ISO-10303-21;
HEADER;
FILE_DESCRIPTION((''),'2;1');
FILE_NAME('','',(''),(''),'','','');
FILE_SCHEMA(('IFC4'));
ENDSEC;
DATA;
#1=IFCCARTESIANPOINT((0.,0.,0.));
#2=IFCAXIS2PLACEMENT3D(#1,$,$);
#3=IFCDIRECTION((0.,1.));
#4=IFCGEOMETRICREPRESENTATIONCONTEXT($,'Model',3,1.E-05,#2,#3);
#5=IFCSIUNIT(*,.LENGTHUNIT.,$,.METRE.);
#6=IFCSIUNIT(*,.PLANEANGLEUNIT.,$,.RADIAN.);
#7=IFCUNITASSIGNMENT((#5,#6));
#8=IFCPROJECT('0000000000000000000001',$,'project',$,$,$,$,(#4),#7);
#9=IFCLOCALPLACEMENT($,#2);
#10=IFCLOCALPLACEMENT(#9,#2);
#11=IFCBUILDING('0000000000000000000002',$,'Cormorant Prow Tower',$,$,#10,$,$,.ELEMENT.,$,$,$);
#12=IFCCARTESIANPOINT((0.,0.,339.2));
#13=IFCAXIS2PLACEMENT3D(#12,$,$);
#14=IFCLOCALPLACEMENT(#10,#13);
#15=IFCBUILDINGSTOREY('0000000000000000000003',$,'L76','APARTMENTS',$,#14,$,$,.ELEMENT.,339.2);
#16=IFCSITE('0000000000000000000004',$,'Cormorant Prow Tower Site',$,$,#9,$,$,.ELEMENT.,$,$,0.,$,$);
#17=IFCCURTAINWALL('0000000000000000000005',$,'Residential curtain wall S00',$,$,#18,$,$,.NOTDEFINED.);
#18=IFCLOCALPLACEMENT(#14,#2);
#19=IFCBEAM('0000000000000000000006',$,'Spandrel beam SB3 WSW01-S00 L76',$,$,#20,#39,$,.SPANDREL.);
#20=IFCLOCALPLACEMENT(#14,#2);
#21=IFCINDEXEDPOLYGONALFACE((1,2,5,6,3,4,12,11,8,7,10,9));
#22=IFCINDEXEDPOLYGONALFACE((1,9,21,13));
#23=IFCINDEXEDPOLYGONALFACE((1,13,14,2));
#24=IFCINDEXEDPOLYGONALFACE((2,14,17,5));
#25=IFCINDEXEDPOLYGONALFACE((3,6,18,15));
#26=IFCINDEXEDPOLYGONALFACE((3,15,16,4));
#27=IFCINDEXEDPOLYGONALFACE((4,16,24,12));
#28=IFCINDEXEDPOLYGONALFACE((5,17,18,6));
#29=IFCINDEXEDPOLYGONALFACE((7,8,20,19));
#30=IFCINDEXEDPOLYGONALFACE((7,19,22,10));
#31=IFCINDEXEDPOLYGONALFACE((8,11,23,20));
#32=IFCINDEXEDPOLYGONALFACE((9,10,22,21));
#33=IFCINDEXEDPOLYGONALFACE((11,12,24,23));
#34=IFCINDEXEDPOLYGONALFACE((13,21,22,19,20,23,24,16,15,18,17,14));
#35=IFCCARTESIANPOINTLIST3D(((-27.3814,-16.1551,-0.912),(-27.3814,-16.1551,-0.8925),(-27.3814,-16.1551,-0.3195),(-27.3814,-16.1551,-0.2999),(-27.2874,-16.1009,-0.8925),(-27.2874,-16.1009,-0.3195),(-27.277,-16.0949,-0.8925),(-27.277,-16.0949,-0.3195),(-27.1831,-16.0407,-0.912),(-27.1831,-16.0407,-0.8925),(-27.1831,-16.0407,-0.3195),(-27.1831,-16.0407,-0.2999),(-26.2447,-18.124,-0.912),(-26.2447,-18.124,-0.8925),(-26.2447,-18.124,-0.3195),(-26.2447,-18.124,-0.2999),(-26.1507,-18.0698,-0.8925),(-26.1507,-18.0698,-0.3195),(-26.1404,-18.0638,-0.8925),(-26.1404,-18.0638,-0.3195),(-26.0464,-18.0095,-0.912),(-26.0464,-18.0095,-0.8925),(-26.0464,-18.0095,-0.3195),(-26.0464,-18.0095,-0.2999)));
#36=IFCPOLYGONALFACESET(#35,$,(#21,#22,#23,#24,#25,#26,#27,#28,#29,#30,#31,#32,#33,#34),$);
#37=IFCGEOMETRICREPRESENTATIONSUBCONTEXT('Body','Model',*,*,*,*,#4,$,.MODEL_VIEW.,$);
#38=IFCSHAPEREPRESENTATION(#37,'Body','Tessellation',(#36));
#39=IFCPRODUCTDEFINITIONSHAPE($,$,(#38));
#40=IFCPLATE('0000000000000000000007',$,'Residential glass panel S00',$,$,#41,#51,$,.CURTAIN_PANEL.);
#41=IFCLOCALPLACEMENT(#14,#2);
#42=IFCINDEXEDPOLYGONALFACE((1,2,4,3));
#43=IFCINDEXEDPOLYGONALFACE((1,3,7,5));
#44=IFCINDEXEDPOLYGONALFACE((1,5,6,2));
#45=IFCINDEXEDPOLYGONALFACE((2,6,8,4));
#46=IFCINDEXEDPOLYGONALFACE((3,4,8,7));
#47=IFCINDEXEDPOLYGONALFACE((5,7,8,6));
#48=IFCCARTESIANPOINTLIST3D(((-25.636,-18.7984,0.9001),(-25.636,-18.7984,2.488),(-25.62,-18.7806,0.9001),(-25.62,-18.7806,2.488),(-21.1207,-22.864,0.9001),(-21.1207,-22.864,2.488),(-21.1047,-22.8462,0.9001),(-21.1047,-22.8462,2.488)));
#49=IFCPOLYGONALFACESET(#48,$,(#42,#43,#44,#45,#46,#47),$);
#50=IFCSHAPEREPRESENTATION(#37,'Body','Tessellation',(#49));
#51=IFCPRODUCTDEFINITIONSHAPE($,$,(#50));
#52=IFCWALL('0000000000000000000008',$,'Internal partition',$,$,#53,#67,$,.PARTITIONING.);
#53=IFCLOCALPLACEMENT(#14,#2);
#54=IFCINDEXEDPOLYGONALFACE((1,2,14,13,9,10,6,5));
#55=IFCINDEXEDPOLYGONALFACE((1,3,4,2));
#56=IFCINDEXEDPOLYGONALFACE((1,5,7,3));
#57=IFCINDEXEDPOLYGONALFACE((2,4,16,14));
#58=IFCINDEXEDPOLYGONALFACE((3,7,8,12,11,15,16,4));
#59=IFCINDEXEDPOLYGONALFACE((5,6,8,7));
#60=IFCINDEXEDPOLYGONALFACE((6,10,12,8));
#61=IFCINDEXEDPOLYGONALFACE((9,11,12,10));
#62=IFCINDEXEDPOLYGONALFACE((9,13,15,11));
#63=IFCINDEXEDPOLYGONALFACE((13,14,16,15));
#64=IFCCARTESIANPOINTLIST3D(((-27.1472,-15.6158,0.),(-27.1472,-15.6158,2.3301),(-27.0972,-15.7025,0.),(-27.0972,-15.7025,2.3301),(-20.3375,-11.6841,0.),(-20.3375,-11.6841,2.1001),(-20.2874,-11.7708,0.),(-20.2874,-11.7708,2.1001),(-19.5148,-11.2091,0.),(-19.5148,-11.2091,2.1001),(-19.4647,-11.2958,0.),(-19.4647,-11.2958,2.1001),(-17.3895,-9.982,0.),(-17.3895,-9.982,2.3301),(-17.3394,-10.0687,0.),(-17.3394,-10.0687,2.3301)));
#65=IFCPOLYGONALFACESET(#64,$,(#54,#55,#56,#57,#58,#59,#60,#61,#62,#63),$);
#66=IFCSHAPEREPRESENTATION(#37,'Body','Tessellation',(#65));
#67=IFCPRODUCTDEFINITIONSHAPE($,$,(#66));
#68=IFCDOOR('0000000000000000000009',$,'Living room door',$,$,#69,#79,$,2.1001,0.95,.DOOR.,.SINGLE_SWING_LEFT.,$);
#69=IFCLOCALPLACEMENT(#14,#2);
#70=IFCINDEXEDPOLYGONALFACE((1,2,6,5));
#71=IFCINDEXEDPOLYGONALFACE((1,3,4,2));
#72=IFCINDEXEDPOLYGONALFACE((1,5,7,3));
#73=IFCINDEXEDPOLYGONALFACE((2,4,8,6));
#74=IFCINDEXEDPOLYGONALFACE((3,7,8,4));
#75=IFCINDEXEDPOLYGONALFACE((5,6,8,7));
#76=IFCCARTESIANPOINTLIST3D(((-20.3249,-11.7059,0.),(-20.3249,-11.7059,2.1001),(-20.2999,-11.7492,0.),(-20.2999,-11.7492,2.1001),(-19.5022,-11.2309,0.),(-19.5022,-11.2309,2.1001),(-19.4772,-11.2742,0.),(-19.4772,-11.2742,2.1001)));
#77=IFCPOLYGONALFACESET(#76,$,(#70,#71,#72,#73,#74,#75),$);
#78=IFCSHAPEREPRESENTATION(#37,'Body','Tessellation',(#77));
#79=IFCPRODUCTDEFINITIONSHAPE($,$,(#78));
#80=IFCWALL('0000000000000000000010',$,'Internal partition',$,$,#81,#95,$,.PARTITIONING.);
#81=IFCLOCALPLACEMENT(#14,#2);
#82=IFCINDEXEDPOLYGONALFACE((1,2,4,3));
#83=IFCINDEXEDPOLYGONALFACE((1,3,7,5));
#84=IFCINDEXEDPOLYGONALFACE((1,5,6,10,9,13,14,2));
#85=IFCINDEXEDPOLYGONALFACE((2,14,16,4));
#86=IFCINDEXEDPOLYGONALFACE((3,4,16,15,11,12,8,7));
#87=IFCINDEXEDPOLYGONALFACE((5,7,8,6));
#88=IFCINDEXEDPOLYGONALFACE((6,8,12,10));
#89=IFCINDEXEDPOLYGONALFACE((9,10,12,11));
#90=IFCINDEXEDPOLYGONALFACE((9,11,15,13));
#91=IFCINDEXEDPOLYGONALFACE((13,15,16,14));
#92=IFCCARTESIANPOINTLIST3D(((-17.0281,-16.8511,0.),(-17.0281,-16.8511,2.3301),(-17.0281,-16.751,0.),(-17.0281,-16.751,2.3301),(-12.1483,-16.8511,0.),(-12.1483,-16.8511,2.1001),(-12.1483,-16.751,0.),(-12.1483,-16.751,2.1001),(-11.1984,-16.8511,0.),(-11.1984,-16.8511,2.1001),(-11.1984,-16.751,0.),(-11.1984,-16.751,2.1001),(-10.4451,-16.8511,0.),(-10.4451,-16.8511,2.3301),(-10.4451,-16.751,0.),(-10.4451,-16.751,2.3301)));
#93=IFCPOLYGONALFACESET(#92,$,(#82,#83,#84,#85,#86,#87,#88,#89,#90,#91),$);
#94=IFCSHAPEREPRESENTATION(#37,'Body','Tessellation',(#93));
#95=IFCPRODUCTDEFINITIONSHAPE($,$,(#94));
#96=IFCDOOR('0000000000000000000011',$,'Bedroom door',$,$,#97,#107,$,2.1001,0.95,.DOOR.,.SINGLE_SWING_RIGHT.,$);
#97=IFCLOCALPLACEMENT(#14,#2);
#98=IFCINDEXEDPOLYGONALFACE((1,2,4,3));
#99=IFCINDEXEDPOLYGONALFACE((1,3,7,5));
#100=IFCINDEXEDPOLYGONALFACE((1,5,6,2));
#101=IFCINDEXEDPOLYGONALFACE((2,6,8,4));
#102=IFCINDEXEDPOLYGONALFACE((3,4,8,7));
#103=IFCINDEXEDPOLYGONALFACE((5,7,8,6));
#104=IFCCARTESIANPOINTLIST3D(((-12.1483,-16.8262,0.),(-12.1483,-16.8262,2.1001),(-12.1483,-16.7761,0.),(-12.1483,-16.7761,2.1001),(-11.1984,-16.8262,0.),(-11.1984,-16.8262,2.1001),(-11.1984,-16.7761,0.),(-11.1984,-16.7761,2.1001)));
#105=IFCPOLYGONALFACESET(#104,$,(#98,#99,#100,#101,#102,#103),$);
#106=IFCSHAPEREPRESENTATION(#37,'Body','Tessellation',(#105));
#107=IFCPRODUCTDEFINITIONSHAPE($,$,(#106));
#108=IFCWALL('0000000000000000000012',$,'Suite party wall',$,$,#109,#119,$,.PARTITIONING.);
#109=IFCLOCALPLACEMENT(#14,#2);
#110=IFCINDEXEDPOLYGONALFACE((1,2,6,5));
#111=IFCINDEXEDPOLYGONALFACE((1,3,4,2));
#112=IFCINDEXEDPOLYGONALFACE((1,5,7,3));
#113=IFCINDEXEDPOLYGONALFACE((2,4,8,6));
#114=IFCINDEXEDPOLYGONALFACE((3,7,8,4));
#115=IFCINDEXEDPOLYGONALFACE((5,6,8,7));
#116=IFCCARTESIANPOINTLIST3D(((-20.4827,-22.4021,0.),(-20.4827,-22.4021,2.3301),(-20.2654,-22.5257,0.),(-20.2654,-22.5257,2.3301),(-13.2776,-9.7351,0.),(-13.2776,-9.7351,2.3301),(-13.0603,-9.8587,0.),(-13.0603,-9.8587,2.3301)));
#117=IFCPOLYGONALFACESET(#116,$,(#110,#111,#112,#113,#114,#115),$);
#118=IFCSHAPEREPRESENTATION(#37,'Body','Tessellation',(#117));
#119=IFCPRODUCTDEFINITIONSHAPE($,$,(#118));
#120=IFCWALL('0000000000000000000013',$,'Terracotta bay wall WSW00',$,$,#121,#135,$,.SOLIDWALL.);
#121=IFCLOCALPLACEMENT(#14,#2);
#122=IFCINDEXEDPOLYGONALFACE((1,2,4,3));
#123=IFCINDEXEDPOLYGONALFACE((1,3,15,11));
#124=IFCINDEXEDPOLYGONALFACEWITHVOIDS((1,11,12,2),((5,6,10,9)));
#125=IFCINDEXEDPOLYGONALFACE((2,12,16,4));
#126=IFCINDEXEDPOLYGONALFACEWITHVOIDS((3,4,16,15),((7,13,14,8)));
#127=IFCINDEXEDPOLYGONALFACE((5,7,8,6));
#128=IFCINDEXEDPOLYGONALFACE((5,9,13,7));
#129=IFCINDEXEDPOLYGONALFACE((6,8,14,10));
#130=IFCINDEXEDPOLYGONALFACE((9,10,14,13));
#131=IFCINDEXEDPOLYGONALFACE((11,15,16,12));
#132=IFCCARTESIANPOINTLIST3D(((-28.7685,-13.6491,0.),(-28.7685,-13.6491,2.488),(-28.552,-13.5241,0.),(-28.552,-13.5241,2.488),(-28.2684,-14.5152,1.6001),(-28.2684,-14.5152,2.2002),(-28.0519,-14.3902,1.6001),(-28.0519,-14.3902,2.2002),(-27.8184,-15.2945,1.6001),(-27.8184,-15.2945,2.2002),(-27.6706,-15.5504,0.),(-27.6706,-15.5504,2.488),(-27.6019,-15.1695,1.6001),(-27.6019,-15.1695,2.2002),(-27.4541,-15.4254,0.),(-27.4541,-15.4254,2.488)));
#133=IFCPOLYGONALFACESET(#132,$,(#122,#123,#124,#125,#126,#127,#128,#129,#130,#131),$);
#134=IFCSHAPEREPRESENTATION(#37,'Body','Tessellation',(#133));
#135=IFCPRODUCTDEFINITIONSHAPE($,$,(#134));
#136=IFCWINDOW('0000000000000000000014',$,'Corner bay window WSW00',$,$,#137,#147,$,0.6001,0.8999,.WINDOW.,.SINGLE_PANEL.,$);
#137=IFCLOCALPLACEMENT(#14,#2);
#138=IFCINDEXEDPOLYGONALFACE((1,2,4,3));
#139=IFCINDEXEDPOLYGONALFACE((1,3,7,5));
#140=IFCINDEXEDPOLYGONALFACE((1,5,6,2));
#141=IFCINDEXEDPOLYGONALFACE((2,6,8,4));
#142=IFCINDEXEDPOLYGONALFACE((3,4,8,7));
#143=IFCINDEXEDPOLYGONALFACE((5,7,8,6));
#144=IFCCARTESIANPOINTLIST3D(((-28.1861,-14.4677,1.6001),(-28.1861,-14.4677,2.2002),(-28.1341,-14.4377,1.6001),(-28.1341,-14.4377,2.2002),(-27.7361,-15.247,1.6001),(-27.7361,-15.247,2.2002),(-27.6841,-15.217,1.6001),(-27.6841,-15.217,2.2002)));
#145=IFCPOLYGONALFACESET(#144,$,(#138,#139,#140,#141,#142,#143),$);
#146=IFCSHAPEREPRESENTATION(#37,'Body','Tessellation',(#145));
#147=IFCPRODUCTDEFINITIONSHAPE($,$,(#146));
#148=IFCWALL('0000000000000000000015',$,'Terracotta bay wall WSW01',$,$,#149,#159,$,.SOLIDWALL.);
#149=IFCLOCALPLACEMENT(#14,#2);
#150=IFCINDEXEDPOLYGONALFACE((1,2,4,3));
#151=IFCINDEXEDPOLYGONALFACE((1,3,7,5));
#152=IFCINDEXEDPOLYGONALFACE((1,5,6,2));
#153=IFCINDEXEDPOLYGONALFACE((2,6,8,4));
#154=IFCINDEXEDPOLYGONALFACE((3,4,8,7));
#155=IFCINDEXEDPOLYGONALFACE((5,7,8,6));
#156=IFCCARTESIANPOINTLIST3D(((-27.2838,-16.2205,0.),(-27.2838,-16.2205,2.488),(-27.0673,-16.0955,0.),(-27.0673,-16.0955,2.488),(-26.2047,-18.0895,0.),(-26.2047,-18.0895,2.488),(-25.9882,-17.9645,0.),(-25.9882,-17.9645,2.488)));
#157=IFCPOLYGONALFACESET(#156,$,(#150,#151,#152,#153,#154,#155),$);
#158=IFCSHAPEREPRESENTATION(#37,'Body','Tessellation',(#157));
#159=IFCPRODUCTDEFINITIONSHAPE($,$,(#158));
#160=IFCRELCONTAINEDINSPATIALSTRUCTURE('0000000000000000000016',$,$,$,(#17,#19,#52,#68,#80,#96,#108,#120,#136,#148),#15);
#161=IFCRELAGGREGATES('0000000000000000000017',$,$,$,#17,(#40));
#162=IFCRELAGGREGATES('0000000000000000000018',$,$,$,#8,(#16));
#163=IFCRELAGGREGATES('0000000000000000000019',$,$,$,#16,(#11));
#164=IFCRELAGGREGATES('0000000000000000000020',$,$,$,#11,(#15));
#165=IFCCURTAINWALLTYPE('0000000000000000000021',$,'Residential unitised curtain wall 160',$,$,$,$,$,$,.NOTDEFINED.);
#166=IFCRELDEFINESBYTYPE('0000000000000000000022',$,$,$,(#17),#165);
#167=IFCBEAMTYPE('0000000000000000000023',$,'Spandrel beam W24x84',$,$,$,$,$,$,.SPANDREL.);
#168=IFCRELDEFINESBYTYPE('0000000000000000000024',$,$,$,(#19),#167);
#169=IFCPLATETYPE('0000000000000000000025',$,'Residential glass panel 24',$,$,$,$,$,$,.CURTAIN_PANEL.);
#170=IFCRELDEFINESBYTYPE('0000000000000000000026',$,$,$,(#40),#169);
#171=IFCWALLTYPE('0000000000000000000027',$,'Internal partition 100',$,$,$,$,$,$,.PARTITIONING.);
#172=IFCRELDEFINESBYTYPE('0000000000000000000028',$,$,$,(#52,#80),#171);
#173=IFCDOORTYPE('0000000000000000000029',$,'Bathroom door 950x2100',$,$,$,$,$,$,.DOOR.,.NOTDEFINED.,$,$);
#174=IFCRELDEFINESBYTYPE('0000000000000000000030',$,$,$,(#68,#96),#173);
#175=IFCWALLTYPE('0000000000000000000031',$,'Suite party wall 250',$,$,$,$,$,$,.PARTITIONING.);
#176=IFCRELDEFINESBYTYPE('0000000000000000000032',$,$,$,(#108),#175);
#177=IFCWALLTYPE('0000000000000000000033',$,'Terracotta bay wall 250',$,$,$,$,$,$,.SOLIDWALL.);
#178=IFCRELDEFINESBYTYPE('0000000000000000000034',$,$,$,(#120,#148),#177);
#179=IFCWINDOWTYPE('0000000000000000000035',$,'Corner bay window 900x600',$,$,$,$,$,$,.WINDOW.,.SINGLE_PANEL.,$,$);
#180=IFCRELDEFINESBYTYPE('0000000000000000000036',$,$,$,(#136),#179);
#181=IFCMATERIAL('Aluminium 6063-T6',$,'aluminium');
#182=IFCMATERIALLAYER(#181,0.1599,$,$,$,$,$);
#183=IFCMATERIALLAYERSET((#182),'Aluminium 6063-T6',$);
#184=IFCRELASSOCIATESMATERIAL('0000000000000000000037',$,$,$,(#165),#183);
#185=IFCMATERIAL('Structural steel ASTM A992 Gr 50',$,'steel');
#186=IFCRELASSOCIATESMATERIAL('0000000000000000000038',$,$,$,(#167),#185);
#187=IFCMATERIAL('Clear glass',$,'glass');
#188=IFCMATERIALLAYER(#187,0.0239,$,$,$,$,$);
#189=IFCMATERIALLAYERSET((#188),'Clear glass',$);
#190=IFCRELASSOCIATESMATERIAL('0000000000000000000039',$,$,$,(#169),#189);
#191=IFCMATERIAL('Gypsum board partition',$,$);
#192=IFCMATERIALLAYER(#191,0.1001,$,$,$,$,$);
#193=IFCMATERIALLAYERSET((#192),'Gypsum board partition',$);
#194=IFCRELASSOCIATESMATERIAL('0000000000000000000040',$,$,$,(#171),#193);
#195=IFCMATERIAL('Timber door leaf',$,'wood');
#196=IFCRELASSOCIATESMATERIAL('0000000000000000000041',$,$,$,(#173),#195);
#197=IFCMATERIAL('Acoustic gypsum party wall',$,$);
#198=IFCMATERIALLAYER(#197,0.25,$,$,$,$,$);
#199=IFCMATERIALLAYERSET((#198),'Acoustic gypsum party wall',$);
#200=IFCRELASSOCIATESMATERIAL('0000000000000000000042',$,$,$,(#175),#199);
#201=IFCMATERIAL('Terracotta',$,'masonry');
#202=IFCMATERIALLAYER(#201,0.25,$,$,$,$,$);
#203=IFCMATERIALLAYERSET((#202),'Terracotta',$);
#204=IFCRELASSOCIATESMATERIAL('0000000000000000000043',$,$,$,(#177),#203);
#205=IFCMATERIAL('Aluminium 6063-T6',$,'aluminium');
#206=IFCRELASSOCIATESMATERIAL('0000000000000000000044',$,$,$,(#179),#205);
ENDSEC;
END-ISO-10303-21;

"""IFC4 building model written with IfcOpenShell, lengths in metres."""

from ifc_helpers import new_model, si_unit, direction, frame, frame_2d, origin, origin_2d, place, context, subcontext, project, spatial, rectangle, i_section, extrude, material, layer, layer_set, material_profile, profile_set, type_object, element, fill, aggregate, save


model = new_model("IFC4")

# Units and contexts
model_context = context("Model", 3, precision=1e-05, world=origin(), true_north=direction((0.0, 1.0)))
body_context = subcontext(model_context, "Body", "Model", "MODEL_VIEW")
ifc_project = project(units=[si_unit("LENGTHUNIT", "METRE"), si_unit("PLANEANGLEUNIT", "RADIAN")], contexts=[model_context])

# Site, building, storey
site_placement = place(None, origin())
site = spatial("IfcSite", under=ifc_project, at=site_placement, Name="Cormorant Prow Tower Site", CompositionType="ELEMENT", RefElevation=0.0)
building_placement = place(site_placement, origin())
building = spatial("IfcBuilding", under=site, at=building_placement, Name="Cormorant Prow Tower", CompositionType="ELEMENT")
storey_placement = place(building_placement, frame((0.0, 0.0, 339.2)))
storey = spatial("IfcBuildingStorey", under=building, at=storey_placement, Name="L76", Description="APARTMENTS", CompositionType="ELEMENT", Elevation=339.2)

# Curtain wall
ifc_material_1 = material(Name="Aluminium 6063-T6", Category="aluminium")
ifc_layer_1 = layer(ifc_material_1, 0.1599)
ifc_layer_set_1 = layer_set([ifc_layer_1], Name="Aluminium 6063-T6")
curtain_wall_type = type_object("IfcCurtainWallType", Name="Residential unitised curtain wall 160", PredefinedType="NOTDEFINED", material=ifc_layer_set_1)
curtain_wall_placement = place(storey_placement, origin())
curtain_wall = element("IfcCurtainWall", 1, at=curtain_wall_placement, inside=storey, type_object=curtain_wall_type, Name="Residential curtain wall S00", PredefinedType="NOTDEFINED")

# Beam
ifc_material_2 = material(Name="Structural steel ASTM A992 Gr 50", Category="steel")
ifc_material_profile_1 = material_profile(ifc_material_2, i_section(OverallWidth=0.229, OverallDepth=0.6121, WebThickness=0.012, FlangeThickness=0.0195, at=origin_2d()), Name="W24x84")
ifc_profile_set_1 = profile_set([ifc_material_profile_1], Name="Structural steel ASTM A992 Gr 50")
beam_type = type_object("IfcBeamType", Name="Spandrel beam W24x84", PredefinedType="SPANDREL", material=ifc_profile_set_1)
beam_1_placement = place(storey_placement, frame((-27.2822, -16.0979, -0.606), z_axis=(0.499973, -0.866041, 0.0), x_axis=(0.866041, 0.499973, 0.0)))
element("IfcBeam", 2, at=beam_1_placement, inside=storey, type_object=beam_type, Name="Spandrel beam SB3 WSW01-S00 L76", PredefinedType="SPANDREL", context=body_context, shape_type="SweptSolid", body=[
    extrude(i_section(OverallWidth=0.229, OverallDepth=0.6121, WebThickness=0.012, FlangeThickness=0.0195, at=origin_2d()), origin(), (0.0, 0.0, 1.0), 2.2734),
])

# Plate
ifc_material_3 = material(Name="Clear glass", Category="glass")
ifc_layer_2 = layer(ifc_material_3, 0.0239)
ifc_layer_set_2 = layer_set([ifc_layer_2], Name="Clear glass")
plate_type = type_object("IfcPlateType", Name="Residential glass panel 24", PredefinedType="CURTAIN_PANEL", material=ifc_layer_set_2)
plate_placement = place(storey_placement, frame((-23.3704, -20.8223, 0.9001), z_axis=(0.0, 0.0, 1.0), x_axis=(0.743145, -0.669131, 0.0)))
plate = element("IfcPlate", 3, at=plate_placement, type_object=plate_type, Name="Residential glass panel S00", PredefinedType="CURTAIN_PANEL", context=body_context, shape_type="SweptSolid", body=[
    extrude(rectangle(XDim=6.0759, YDim=0.0239, at=origin_2d()), origin(), (0.0, 0.0, 1.0), 1.5879),
])
aggregate(curtain_wall, [plate])

# Walls, openings, doors
ifc_material_4 = material(Name="Gypsum board partition")
ifc_layer_3 = layer(ifc_material_4, 0.1001)
ifc_layer_set_3 = layer_set([ifc_layer_3], Name="Gypsum board partition")
wall_type_1 = type_object("IfcWallType", Name="Internal partition 100", PredefinedType="PARTITIONING", material=ifc_layer_set_3)
wall_1_placement = place(storey_placement, frame((-27.1223, -15.6592, 0.0), z_axis=(0.0, 0.0, 1.0), x_axis=(0.866021, 0.500008, 0.0)))
wall_1 = element("IfcWall", 4, at=wall_1_placement, inside=storey, type_object=wall_type_1, Name="Internal partition", PredefinedType="PARTITIONING", context=body_context, shape_type="SweptSolid", body=[
    extrude(rectangle(XDim=11.2673, YDim=0.1001, at=frame_2d((5.6338, 0.0))), origin(), (0.0, 0.0, 1.0), 2.3301),
])
opening_1_placement = place(wall_1_placement, frame((7.8633, 0.0, 0.0)))
opening_1 = element("IfcOpeningElement", 5, at=opening_1_placement, cuts=wall_1, PredefinedType="OPENING", context=body_context, shape_type="SweptSolid", body=[
    extrude(rectangle(XDim=0.95, YDim=2.1001, at=frame_2d((0.4751, 1.05))), frame((0.0, 0.0601, 0.0), z_axis=(0.0, -1.0, 0.0), x_axis=(1.0, 0.0, 0.0)), (0.0, 0.0, 1.0), 0.1201),
])
ifc_material_5 = material(Name="Timber door leaf", Category="wood")
door_type_1 = type_object("IfcDoorType", Name="Bathroom door 950x2100", OperationType="NOTDEFINED", PredefinedType="DOOR", material=ifc_material_5)
door_1_placement = place(opening_1_placement, origin())
door_1 = element("IfcDoor", 6, at=door_1_placement, inside=storey, type_object=door_type_1, Name="Living room door", OperationType="SINGLE_SWING_LEFT", OverallHeight=2.1001, OverallWidth=0.95, PredefinedType="DOOR", context=body_context, shape_type="SweptSolid", body=[
    extrude(rectangle(XDim=0.95, YDim=2.1001, at=frame_2d((0.4751, 1.05))), frame((0.0, 0.0249, 0.0), z_axis=(0.0, -1.0, 0.0), x_axis=(1.0, 0.0, 0.0)), (0.0, 0.0, 1.0), 0.05),
])
fill(opening_1, door_1)
wall_2_placement = place(storey_placement, frame((-17.0281, -16.801, 0.0), z_axis=(0.0, 0.0, 1.0), x_axis=(1.0, 0.0, 0.0)))
wall_2 = element("IfcWall", 7, at=wall_2_placement, inside=storey, type_object=wall_type_1, Name="Internal partition", PredefinedType="PARTITIONING", context=body_context, shape_type="SweptSolid", body=[
    extrude(rectangle(XDim=6.583, YDim=0.1001, at=frame_2d((3.2915, 0.0))), origin(), (0.0, 0.0, 1.0), 2.3301),
])
opening_2_placement = place(wall_2_placement, frame((4.8796, 0.0, 0.0)))
opening_2 = element("IfcOpeningElement", 8, at=opening_2_placement, cuts=wall_2, PredefinedType="OPENING", context=body_context, shape_type="SweptSolid", body=[
    extrude(rectangle(XDim=0.95, YDim=2.1001, at=frame_2d((0.4751, 1.05))), frame((0.0, 0.0601, 0.0), z_axis=(0.0, -1.0, 0.0), x_axis=(1.0, 0.0, 0.0)), (0.0, 0.0, 1.0), 0.1201),
])
door_2_placement = place(opening_2_placement, origin())
door_2 = element("IfcDoor", 9, at=door_2_placement, inside=storey, type_object=door_type_1, Name="Bedroom door", OperationType="SINGLE_SWING_RIGHT", OverallHeight=2.1001, OverallWidth=0.95, PredefinedType="DOOR", context=body_context, shape_type="SweptSolid", body=[
    extrude(rectangle(XDim=0.95, YDim=2.1001, at=frame_2d((0.4751, 1.05))), frame((0.0, 0.0249, 0.0), z_axis=(0.0, -1.0, 0.0), x_axis=(1.0, 0.0, 0.0)), (0.0, 0.0, 1.0), 0.05),
])
fill(opening_2, door_2)

# Wall
ifc_material_6 = material(Name="Acoustic gypsum party wall")
ifc_layer_4 = layer(ifc_material_6, 0.25)
ifc_layer_set_4 = layer_set([ifc_layer_4], Name="Acoustic gypsum party wall")
wall_type_2 = type_object("IfcWallType", Name="Suite party wall 250", PredefinedType="PARTITIONING", material=ifc_layer_set_4)
wall_3_placement = place(storey_placement, frame((-20.374, -22.4639, 0.0), z_axis=(0.0, 0.0, 1.0), x_axis=(0.49442, 0.869223, 0.0)))
element("IfcWall", 10, at=wall_3_placement, inside=storey, type_object=wall_type_2, Name="Suite party wall", PredefinedType="PARTITIONING", context=body_context, shape_type="SweptSolid", body=[
    extrude(rectangle(XDim=14.5728, YDim=0.25, at=frame_2d((7.2864, 0.0))), origin(), (0.0, 0.0, 1.0), 2.3301),
])

# Wall, opening, window
ifc_material_7 = material(Name="Terracotta", Category="masonry")
ifc_layer_5 = layer(ifc_material_7, 0.25)
ifc_layer_set_5 = layer_set([ifc_layer_5], Name="Terracotta")
wall_type_3 = type_object("IfcWallType", Name="Terracotta bay wall 250", PredefinedType="SOLIDWALL", material=ifc_layer_set_5)
wall_4_placement = place(storey_placement, frame((-28.6602, -13.5867, 0.0), z_axis=(0.0, 0.0, 1.0), x_axis=(0.50005, -0.865997, 0.0)))
wall_4 = element("IfcWall", 11, at=wall_4_placement, inside=storey, type_object=wall_type_3, Name="Terracotta bay wall WSW00", PredefinedType="SOLIDWALL", context=body_context, shape_type="SweptSolid", body=[
    extrude(rectangle(XDim=2.1956, YDim=0.25, at=frame_2d((1.0977, 0.0))), origin(), (0.0, 0.0, 1.0), 2.488),
])
opening_3_placement = place(wall_4_placement, frame((1.0, 0.0, 1.6001)))
opening_3 = element("IfcOpeningElement", 12, at=opening_3_placement, cuts=wall_4, PredefinedType="OPENING", context=body_context, shape_type="SweptSolid", body=[
    extrude(rectangle(XDim=0.8999, YDim=0.6001, at=frame_2d((0.45, 0.3))), frame((0.0, 0.135, 0.0), z_axis=(0.0, -1.0, 0.0), x_axis=(1.0, 0.0, 0.0)), (0.0, 0.0, 1.0), 0.27),
])
ifc_material_8 = material(Name="Aluminium 6063-T6", Category="aluminium")
window_type = type_object("IfcWindowType", Name="Corner bay window 900x600", PartitioningType="SINGLE_PANEL", PredefinedType="WINDOW", material=ifc_material_8)
window_placement = place(opening_3_placement, origin())
window = element("IfcWindow", 13, at=window_placement, inside=storey, type_object=window_type, Name="Corner bay window WSW00", OverallHeight=0.6001, OverallWidth=0.8999, PartitioningType="SINGLE_PANEL", PredefinedType="WINDOW", context=body_context, shape_type="SweptSolid", body=[
    extrude(rectangle(XDim=0.8999, YDim=0.6001, at=frame_2d((0.45, 0.3))), frame((0.0, 0.03, 0.0), z_axis=(0.0, -1.0, 0.0), x_axis=(1.0, 0.0, 0.0)), (0.0, 0.0, 1.0), 0.0601),
])
fill(opening_3, window)

# Wall
wall_5_placement = place(storey_placement, frame((-27.1755, -16.158, 0.0), z_axis=(0.0, 0.0, 1.0), x_axis=(0.499984, -0.866035, 0.0)))
element("IfcWall", 14, at=wall_5_placement, inside=storey, type_object=wall_type_3, Name="Terracotta bay wall WSW01", PredefinedType="SOLIDWALL", context=body_context, shape_type="SweptSolid", body=[
    extrude(rectangle(XDim=2.1582, YDim=0.25, at=frame_2d((1.0791, 0.0))), origin(), (0.0, 0.0, 1.0), 2.488),
])

save(model, "model.ifc")
